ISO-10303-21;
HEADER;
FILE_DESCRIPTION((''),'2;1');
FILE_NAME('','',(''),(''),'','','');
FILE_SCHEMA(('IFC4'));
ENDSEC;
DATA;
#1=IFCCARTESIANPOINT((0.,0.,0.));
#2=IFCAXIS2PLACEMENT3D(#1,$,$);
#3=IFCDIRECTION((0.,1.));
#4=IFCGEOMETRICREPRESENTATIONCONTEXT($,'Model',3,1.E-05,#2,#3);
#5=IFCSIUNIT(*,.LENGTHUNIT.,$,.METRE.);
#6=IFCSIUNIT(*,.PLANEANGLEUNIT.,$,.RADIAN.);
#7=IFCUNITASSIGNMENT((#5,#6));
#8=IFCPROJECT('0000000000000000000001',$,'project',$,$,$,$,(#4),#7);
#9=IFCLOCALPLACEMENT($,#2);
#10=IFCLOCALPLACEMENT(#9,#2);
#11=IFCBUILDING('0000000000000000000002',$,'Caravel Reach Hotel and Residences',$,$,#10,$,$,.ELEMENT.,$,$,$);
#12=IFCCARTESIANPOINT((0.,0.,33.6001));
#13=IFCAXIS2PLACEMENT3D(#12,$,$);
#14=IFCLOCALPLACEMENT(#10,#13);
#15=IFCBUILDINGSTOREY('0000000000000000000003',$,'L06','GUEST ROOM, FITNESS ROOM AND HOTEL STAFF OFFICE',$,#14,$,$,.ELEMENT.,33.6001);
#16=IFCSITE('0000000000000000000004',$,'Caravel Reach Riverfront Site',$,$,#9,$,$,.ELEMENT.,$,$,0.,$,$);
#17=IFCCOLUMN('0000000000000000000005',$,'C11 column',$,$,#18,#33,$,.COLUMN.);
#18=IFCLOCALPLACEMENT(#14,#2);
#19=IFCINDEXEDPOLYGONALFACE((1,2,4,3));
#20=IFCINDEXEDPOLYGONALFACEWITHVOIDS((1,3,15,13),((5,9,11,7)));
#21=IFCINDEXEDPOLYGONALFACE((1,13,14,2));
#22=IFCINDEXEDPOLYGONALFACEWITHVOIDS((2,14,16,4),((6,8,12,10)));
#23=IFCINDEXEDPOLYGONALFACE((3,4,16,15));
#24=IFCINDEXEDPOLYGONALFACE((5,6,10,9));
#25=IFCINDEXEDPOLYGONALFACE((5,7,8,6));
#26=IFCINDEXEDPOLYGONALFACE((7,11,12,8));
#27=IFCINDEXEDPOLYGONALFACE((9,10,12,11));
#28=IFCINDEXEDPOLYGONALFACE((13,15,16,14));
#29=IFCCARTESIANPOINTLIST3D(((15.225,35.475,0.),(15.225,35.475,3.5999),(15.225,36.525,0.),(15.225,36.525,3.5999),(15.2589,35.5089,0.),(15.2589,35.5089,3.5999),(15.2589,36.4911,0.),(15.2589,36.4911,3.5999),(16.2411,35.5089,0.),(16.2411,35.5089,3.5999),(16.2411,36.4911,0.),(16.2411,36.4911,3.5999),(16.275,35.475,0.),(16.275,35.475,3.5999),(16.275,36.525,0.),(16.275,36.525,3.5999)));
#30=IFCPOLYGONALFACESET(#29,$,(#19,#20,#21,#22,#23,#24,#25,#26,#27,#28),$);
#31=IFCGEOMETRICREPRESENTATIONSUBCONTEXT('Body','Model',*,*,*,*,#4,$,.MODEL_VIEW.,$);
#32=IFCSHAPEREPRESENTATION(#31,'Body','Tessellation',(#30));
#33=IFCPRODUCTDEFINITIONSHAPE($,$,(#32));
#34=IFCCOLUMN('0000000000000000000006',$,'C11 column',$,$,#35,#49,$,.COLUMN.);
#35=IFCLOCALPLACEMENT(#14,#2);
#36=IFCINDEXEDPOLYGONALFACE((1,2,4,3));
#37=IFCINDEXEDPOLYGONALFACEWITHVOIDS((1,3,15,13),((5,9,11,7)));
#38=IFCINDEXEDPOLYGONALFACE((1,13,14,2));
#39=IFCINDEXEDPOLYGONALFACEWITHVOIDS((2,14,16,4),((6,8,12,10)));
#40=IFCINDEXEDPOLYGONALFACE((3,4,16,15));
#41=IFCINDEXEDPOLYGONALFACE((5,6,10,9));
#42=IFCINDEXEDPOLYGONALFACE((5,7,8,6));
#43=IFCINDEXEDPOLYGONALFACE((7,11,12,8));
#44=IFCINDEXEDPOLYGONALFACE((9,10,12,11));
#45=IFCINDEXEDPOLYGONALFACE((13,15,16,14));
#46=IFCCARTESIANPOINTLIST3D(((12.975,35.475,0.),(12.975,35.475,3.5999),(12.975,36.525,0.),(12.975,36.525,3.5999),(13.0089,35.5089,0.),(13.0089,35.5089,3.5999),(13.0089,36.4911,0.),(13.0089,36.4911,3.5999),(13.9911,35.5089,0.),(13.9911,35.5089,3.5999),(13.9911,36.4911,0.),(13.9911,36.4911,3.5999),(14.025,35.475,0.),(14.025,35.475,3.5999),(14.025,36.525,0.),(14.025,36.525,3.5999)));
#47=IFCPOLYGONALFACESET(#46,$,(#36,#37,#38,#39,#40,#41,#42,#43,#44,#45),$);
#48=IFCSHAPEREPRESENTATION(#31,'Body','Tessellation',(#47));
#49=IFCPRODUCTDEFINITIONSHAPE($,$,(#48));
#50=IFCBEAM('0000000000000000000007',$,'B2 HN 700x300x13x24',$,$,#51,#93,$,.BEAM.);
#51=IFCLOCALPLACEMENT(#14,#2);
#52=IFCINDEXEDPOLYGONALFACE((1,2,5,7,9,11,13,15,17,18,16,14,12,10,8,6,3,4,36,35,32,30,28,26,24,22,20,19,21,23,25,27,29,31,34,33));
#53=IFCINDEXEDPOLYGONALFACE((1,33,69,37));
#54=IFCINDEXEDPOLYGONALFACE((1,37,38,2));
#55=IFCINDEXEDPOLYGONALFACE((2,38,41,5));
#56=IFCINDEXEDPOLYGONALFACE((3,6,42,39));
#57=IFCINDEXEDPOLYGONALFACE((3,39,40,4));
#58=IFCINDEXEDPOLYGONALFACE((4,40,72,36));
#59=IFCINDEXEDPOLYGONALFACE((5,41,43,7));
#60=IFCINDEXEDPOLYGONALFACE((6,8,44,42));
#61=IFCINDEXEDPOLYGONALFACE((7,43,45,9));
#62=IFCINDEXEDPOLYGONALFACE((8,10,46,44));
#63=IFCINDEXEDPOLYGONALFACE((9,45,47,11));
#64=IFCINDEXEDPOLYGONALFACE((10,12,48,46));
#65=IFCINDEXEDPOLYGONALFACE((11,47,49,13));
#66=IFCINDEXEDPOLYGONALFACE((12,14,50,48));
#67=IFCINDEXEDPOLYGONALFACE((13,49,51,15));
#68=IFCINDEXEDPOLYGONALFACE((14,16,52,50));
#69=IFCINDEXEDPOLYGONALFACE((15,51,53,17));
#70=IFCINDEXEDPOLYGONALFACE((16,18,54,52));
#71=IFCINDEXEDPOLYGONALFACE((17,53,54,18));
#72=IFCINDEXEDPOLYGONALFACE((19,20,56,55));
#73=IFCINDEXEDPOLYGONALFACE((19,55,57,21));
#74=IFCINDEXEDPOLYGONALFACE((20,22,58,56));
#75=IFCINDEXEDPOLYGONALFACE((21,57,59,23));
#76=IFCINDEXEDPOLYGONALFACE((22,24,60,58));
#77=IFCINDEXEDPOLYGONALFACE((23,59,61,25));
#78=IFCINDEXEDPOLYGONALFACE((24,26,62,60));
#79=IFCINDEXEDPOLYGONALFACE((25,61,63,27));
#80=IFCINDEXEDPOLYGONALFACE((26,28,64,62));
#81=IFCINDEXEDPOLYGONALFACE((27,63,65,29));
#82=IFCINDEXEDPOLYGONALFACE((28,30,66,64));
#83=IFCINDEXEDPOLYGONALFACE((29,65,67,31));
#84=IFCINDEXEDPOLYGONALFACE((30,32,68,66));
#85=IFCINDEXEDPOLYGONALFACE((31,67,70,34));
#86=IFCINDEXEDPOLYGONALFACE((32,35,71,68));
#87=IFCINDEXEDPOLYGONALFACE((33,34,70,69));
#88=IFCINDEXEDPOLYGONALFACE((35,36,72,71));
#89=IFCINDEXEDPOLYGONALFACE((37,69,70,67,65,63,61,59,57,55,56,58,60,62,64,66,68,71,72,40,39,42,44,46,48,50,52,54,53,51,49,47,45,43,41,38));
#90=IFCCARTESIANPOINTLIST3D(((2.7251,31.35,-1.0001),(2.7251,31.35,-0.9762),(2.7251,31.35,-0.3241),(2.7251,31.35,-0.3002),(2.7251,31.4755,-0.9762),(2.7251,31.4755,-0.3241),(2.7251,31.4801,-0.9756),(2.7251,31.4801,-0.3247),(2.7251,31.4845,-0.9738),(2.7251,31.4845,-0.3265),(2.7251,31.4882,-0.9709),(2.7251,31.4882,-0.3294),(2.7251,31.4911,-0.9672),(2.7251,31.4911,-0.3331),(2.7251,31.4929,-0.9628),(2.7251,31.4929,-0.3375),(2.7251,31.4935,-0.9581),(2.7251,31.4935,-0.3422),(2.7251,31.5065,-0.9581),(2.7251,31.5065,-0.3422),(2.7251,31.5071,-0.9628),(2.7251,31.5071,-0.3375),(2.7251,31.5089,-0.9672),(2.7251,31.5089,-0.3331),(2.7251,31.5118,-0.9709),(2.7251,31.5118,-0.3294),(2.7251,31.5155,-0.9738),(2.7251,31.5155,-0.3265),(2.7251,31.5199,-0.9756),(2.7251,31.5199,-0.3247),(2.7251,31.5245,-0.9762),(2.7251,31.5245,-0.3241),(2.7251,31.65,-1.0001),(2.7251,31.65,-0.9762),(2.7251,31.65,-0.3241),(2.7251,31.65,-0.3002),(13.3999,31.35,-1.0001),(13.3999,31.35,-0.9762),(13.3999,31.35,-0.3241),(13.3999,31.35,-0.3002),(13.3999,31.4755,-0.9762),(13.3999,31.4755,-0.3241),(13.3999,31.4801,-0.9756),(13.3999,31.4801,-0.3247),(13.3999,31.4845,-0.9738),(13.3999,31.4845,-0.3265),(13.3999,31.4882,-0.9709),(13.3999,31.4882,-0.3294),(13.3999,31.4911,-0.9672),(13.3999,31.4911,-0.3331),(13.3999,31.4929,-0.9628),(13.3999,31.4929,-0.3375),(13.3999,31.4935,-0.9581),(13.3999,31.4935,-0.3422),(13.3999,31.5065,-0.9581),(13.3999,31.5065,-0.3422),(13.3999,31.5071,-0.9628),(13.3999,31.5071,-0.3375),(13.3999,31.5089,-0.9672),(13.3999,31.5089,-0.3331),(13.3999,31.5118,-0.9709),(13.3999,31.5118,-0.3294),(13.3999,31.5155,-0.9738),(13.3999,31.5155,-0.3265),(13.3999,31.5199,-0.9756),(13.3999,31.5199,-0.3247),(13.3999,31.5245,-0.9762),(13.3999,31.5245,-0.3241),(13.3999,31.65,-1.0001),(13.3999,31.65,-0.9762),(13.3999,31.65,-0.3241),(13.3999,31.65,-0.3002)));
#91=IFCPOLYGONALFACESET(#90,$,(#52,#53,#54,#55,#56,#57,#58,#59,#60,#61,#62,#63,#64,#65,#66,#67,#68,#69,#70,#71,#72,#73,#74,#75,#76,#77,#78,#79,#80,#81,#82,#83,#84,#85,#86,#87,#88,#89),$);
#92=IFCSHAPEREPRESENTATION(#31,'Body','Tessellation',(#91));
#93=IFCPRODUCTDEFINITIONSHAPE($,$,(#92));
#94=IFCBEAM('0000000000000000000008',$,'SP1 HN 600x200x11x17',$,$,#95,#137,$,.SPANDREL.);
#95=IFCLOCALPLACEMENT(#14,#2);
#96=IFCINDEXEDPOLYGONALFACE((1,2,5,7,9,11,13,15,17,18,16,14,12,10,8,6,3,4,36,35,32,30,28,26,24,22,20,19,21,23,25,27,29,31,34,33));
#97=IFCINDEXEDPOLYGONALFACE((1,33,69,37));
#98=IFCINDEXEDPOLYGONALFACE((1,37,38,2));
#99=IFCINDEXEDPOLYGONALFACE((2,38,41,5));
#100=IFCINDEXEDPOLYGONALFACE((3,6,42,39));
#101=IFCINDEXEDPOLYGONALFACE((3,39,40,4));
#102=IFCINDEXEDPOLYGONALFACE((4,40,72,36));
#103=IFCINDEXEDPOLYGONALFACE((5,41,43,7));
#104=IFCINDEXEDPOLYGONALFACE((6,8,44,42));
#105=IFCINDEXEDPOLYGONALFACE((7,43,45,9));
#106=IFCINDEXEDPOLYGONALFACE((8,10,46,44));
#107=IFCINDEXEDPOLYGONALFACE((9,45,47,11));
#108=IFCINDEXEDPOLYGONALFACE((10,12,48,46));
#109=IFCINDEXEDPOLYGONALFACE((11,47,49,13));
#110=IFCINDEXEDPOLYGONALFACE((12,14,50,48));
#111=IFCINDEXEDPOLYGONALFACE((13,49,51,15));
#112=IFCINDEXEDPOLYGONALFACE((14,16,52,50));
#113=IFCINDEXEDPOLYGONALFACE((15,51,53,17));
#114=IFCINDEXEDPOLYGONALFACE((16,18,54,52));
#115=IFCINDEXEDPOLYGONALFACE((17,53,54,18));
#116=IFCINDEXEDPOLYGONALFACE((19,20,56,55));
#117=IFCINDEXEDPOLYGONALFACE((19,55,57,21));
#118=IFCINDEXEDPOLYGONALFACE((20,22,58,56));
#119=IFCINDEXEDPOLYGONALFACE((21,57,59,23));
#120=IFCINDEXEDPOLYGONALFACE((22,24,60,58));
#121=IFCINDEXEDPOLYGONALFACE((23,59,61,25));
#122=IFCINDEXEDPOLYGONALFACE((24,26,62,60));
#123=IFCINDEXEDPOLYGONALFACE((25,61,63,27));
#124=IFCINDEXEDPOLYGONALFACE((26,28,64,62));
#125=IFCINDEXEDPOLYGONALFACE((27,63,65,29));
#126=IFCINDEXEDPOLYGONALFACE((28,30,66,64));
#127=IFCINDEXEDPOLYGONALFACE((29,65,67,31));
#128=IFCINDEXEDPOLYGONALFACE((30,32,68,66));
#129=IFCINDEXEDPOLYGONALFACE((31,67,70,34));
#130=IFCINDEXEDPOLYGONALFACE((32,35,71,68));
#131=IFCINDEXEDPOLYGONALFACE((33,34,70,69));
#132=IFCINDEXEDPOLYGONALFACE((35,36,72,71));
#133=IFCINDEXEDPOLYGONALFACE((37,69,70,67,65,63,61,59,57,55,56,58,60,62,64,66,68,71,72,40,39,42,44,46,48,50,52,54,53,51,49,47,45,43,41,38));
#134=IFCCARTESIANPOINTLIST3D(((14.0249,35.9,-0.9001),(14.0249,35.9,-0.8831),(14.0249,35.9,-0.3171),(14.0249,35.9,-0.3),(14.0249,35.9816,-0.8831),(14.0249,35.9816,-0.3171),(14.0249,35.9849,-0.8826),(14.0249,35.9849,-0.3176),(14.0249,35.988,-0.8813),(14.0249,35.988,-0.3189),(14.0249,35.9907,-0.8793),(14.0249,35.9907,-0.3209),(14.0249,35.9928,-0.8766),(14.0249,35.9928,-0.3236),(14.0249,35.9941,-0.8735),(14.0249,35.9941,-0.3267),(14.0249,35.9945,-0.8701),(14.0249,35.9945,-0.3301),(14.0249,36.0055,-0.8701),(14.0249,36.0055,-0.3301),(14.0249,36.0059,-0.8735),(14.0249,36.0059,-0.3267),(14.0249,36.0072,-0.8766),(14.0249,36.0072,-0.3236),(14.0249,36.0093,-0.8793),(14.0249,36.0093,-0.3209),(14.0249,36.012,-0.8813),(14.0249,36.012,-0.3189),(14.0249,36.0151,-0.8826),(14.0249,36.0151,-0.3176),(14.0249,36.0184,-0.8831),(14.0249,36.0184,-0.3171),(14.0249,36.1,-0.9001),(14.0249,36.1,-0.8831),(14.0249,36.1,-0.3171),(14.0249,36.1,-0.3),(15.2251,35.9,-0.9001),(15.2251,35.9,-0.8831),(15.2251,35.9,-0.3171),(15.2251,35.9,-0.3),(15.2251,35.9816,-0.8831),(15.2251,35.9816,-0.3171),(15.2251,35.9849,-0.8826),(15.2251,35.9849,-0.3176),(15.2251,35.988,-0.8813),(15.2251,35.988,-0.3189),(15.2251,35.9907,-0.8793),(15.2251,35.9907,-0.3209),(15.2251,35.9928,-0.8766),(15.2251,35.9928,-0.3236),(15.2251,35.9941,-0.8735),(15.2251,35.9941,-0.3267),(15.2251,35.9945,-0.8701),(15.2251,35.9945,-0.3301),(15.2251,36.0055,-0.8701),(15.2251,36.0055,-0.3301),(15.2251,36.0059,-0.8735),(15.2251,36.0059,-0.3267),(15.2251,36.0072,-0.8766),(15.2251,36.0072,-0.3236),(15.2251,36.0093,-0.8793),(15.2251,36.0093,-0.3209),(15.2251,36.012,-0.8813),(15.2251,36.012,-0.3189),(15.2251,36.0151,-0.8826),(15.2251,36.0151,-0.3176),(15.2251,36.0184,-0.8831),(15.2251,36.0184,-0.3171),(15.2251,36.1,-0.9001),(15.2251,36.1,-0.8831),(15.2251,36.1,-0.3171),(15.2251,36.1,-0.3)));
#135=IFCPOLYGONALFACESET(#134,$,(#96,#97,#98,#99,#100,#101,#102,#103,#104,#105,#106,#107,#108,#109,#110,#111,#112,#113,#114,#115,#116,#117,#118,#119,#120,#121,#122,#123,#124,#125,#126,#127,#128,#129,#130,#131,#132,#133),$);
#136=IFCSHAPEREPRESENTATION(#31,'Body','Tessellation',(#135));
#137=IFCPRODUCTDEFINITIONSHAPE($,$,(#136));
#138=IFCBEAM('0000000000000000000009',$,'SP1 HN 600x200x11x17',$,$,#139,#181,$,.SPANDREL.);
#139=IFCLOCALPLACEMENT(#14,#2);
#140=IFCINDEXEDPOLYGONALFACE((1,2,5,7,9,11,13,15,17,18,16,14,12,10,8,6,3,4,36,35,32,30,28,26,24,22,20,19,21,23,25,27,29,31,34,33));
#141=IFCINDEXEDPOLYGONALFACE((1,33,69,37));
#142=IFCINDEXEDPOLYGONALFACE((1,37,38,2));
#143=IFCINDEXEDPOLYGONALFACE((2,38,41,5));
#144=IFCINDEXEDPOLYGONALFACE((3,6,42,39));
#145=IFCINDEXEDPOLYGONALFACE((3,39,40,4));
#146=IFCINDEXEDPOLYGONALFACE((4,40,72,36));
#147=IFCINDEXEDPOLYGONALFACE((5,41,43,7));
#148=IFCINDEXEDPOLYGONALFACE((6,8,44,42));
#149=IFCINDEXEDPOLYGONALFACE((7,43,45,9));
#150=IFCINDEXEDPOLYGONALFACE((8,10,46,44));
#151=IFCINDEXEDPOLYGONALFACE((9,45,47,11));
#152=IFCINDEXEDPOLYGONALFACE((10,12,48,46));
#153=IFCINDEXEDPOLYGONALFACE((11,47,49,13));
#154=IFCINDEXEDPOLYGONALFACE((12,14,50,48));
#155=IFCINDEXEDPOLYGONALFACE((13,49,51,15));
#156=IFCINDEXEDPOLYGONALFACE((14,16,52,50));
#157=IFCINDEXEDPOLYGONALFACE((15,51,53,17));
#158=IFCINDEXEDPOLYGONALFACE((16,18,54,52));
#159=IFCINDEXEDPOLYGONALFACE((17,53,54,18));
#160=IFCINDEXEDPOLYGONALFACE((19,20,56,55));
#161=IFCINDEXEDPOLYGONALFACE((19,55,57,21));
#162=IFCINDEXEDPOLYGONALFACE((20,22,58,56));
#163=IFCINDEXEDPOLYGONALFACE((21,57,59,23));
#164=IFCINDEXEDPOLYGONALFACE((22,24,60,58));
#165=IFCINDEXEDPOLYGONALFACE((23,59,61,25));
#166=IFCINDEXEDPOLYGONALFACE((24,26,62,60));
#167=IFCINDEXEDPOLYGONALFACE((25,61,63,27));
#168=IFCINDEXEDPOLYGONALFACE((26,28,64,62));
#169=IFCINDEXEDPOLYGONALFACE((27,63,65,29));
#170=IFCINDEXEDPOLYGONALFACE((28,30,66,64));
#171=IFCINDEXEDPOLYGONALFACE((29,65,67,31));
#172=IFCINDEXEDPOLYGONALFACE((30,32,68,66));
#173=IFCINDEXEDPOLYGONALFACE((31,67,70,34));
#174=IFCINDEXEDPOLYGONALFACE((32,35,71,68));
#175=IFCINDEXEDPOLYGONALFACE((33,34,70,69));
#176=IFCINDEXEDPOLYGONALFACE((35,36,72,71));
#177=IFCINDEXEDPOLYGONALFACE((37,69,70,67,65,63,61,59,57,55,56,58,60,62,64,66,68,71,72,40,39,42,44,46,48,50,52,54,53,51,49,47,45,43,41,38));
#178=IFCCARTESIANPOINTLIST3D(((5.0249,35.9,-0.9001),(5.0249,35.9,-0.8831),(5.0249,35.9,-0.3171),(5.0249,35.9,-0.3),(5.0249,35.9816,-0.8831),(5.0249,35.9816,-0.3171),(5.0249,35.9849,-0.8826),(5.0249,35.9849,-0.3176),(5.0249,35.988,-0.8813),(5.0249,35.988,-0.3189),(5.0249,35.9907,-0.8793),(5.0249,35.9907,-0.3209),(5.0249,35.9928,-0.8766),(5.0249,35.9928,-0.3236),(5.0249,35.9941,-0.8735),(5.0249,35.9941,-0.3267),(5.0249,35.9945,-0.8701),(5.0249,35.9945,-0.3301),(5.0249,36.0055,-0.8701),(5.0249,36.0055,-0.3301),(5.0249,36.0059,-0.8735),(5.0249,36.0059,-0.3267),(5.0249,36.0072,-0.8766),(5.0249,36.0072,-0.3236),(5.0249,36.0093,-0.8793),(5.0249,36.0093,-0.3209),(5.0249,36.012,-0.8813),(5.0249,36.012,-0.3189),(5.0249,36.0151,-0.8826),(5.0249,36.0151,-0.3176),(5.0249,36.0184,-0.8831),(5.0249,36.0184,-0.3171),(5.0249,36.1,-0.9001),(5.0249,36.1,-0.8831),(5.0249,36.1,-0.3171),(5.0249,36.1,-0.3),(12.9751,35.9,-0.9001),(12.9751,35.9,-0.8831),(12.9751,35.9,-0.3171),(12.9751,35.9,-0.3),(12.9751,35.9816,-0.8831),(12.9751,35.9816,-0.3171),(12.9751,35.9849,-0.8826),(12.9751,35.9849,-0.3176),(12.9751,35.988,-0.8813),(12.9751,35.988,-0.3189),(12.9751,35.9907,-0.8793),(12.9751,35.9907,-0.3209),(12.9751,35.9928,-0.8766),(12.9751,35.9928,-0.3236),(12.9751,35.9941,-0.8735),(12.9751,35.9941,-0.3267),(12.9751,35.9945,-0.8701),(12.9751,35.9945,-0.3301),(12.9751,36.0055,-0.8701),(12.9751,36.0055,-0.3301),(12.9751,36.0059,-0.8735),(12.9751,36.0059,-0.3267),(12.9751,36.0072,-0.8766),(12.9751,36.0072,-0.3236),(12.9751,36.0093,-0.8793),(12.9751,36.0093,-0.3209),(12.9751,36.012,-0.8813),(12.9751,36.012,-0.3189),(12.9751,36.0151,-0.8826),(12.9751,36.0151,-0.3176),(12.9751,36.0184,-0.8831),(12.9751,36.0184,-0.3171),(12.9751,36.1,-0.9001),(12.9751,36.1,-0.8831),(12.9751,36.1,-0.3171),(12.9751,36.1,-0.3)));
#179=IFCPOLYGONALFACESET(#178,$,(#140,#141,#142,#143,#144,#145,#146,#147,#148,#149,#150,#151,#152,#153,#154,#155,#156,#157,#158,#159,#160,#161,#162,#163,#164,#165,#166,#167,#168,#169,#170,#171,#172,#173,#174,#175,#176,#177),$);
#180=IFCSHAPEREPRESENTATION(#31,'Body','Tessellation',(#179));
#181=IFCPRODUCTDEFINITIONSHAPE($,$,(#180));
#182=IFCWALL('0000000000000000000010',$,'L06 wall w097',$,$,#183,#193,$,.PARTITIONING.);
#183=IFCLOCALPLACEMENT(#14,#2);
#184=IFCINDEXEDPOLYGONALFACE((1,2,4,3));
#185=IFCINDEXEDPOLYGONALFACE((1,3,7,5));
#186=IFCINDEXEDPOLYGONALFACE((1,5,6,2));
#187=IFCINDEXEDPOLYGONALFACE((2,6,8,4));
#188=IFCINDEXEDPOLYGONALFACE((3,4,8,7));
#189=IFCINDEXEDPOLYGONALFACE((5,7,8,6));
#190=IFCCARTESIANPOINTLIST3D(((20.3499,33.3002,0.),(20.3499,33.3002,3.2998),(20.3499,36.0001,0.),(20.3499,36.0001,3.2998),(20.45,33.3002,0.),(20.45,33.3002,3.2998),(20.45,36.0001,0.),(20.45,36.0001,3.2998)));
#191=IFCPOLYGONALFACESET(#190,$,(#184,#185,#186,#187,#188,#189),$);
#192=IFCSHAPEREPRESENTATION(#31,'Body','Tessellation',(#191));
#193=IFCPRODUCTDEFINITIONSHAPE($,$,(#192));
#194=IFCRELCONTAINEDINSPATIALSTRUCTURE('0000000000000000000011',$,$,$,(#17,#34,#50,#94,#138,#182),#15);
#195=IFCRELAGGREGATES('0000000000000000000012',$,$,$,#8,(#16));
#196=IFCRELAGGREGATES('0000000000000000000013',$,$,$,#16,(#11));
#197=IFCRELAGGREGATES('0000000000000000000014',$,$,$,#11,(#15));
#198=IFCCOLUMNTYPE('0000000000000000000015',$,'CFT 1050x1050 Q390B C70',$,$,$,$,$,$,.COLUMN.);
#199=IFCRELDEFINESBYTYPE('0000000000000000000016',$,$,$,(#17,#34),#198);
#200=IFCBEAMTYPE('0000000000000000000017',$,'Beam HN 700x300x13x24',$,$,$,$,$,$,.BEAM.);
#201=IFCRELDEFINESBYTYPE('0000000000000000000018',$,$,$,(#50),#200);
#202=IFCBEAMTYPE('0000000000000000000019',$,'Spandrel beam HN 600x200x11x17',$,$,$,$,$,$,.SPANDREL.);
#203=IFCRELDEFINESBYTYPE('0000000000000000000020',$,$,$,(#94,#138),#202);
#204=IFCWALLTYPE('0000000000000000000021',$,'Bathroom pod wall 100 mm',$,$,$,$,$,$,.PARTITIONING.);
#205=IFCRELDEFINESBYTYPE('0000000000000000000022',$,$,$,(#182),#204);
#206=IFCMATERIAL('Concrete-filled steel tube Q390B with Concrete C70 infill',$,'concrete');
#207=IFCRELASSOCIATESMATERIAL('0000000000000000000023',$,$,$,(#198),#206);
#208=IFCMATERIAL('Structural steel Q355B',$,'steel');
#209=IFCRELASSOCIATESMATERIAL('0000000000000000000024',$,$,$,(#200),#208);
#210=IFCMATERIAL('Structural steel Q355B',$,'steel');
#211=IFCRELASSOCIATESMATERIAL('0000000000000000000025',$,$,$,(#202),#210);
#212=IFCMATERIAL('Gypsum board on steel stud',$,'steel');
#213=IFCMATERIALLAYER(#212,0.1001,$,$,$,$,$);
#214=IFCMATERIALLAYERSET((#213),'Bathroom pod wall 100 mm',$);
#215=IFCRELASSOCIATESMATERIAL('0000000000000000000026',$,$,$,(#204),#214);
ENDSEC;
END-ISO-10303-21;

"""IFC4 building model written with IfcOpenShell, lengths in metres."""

from ifc_helpers import new_model, si_unit, direction, frame, frame_2d, origin, origin_2d, place, context, subcontext, project, spatial, rectangle, hollow_rectangle, i_section, extrude, material, layer, layer_set, material_profile, profile_set, type_object, element, save


model = new_model("IFC4")

# Units and contexts
model_context = context("Model", 3, precision=1e-05, world=origin(), true_north=direction((0.0, 1.0)))
body_context = subcontext(model_context, "Body", "Model", "MODEL_VIEW")
ifc_project = project(units=[si_unit("LENGTHUNIT", "METRE"), si_unit("PLANEANGLEUNIT", "RADIAN")], contexts=[model_context])

# Site, building, storey
site_placement = place(None, origin())
site = spatial("IfcSite", under=ifc_project, at=site_placement, Name="Caravel Reach Riverfront Site", CompositionType="ELEMENT", RefElevation=0.0)
building_placement = place(site_placement, origin())
building = spatial("IfcBuilding", under=site, at=building_placement, Name="Caravel Reach Hotel and Residences", CompositionType="ELEMENT")
storey_placement = place(building_placement, frame((0.0, 0.0, 33.6001)))
storey = spatial("IfcBuildingStorey", under=building, at=storey_placement, Name="L06", Description="GUEST ROOM, FITNESS ROOM AND HOTEL STAFF OFFICE", CompositionType="ELEMENT", Elevation=33.6001)

# Columns
ifc_material_1 = material(Name="Concrete-filled steel tube Q390B with Concrete C70 infill", Category="concrete")
ifc_material_profile_1 = material_profile(ifc_material_1, hollow_rectangle(XDim=1.05, YDim=1.05, WallThickness=0.0339, at=origin_2d()), Name="RHS 1050x1050x34")
ifc_profile_set_1 = profile_set([ifc_material_profile_1], Name="Concrete-filled steel tube Q390B with Concrete C70 infill")
column_type = type_object("IfcColumnType", Name="CFT 1050x1050 Q390B C70", PredefinedType="COLUMN", material=ifc_profile_set_1)
for number, where, z_axis, x_axis, name in (
    (1, (15.75, 36.0, 0.0), (0.0, 0.0, 1.0), (1.0, 0.0, 0.0), "C11 column"),
    (2, (13.5, 36.0, 0.0), (0.0, 0.0, 1.0), (1.0, 0.0, 0.0), "C11 column"),
):
    element("IfcColumn", number, at=place(storey_placement, frame(where, z_axis=z_axis, x_axis=x_axis)), inside=storey, type_object=column_type, Name=name, PredefinedType="COLUMN", context=body_context, shape_type="SweptSolid", body=[
        extrude(hollow_rectangle(XDim=1.05, YDim=1.05, WallThickness=0.0339, at=origin_2d()), origin(), (0.0, 0.0, 1.0), 3.5999),
    ])

# Beams
ifc_material_2 = material(Name="Structural steel Q355B", Category="steel")
ifc_material_profile_2 = material_profile(ifc_material_2, i_section(OverallWidth=0.3, OverallDepth=0.7, WebThickness=0.0129, FlangeThickness=0.0239, FilletRadius=0.0181, at=origin_2d()), Name="HN 700x300x13x24")
ifc_profile_set_2 = profile_set([ifc_material_profile_2], Name="Structural steel Q355B")
beam_type_1 = type_object("IfcBeamType", Name="Beam HN 700x300x13x24", PredefinedType="BEAM", material=ifc_profile_set_2)
beam_1_placement = place(storey_placement, frame((13.3999, 31.5, -0.6501), z_axis=(-1.0, 0.0, 0.0), x_axis=(0.0, -1.0, 0.0)))
element("IfcBeam", 3, at=beam_1_placement, inside=storey, type_object=beam_type_1, Name="B2 HN 700x300x13x24", PredefinedType="BEAM", context=body_context, shape_type="SweptSolid", body=[
    extrude(i_section(OverallWidth=0.3, OverallDepth=0.7, WebThickness=0.0129, FlangeThickness=0.0239, FilletRadius=0.0181, at=origin_2d()), origin(), (0.0, 0.0, 1.0), 10.6748),
])
ifc_material_3 = material(Name="Structural steel Q355B", Category="steel")
ifc_material_profile_3 = material_profile(ifc_material_3, i_section(OverallWidth=0.2, OverallDepth=0.6001, WebThickness=0.011, FlangeThickness=0.0171, FilletRadius=0.0129, at=origin_2d()), Name="HN 600x200x11x17")
ifc_profile_set_3 = profile_set([ifc_material_profile_3], Name="Structural steel Q355B")
beam_type_2 = type_object("IfcBeamType", Name="Spandrel beam HN 600x200x11x17", PredefinedType="SPANDREL", material=ifc_profile_set_3)
beam_2_placement = place(storey_placement, frame((15.2251, 36.0, -0.6001), z_axis=(-1.0, 0.0, 0.0), x_axis=(0.0, -1.0, 0.0)))
element("IfcBeam", 4, at=beam_2_placement, inside=storey, type_object=beam_type_2, Name="SP1 HN 600x200x11x17", PredefinedType="SPANDREL", context=body_context, shape_type="SweptSolid", body=[
    extrude(i_section(OverallWidth=0.2, OverallDepth=0.6001, WebThickness=0.011, FlangeThickness=0.0171, FilletRadius=0.0129, at=origin_2d()), origin(), (0.0, 0.0, 1.0), 1.2002),
])
beam_3_placement = place(storey_placement, frame((12.9751, 36.0, -0.6001), z_axis=(-1.0, 0.0, 0.0), x_axis=(0.0, -1.0, 0.0)))
element("IfcBeam", 5, at=beam_3_placement, inside=storey, type_object=beam_type_2, Name="SP1 HN 600x200x11x17", PredefinedType="SPANDREL", context=body_context, shape_type="SweptSolid", body=[
    extrude(i_section(OverallWidth=0.2, OverallDepth=0.6001, WebThickness=0.011, FlangeThickness=0.0171, FilletRadius=0.0129, at=origin_2d()), origin(), (0.0, 0.0, 1.0), 7.9502),
])

# Wall
ifc_material_4 = material(Name="Gypsum board on steel stud", Category="steel")
ifc_layer_1 = layer(ifc_material_4, 0.1001)
ifc_layer_set_1 = layer_set([ifc_layer_1], Name="Bathroom pod wall 100 mm")
wall_type_1 = type_object("IfcWallType", Name="Bathroom pod wall 100 mm", PredefinedType="PARTITIONING", material=ifc_layer_set_1)
wall_1_placement = place(storey_placement, frame((20.3999, 33.3, 0.0), z_axis=(0.0, 0.0, 1.0), x_axis=(0.0, 1.0, 0.0)))
element("IfcWall", 6, at=wall_1_placement, inside=storey, type_object=wall_type_1, Name="L06 wall w097", PredefinedType="PARTITIONING", context=body_context, shape_type="SweptSolid", body=[
    extrude(rectangle(XDim=2.7, YDim=0.1001, at=frame_2d((1.3501, 0.0))), origin(), (0.0, 0.0, 1.0), 3.2998),
])

save(model, "model.ifc")
